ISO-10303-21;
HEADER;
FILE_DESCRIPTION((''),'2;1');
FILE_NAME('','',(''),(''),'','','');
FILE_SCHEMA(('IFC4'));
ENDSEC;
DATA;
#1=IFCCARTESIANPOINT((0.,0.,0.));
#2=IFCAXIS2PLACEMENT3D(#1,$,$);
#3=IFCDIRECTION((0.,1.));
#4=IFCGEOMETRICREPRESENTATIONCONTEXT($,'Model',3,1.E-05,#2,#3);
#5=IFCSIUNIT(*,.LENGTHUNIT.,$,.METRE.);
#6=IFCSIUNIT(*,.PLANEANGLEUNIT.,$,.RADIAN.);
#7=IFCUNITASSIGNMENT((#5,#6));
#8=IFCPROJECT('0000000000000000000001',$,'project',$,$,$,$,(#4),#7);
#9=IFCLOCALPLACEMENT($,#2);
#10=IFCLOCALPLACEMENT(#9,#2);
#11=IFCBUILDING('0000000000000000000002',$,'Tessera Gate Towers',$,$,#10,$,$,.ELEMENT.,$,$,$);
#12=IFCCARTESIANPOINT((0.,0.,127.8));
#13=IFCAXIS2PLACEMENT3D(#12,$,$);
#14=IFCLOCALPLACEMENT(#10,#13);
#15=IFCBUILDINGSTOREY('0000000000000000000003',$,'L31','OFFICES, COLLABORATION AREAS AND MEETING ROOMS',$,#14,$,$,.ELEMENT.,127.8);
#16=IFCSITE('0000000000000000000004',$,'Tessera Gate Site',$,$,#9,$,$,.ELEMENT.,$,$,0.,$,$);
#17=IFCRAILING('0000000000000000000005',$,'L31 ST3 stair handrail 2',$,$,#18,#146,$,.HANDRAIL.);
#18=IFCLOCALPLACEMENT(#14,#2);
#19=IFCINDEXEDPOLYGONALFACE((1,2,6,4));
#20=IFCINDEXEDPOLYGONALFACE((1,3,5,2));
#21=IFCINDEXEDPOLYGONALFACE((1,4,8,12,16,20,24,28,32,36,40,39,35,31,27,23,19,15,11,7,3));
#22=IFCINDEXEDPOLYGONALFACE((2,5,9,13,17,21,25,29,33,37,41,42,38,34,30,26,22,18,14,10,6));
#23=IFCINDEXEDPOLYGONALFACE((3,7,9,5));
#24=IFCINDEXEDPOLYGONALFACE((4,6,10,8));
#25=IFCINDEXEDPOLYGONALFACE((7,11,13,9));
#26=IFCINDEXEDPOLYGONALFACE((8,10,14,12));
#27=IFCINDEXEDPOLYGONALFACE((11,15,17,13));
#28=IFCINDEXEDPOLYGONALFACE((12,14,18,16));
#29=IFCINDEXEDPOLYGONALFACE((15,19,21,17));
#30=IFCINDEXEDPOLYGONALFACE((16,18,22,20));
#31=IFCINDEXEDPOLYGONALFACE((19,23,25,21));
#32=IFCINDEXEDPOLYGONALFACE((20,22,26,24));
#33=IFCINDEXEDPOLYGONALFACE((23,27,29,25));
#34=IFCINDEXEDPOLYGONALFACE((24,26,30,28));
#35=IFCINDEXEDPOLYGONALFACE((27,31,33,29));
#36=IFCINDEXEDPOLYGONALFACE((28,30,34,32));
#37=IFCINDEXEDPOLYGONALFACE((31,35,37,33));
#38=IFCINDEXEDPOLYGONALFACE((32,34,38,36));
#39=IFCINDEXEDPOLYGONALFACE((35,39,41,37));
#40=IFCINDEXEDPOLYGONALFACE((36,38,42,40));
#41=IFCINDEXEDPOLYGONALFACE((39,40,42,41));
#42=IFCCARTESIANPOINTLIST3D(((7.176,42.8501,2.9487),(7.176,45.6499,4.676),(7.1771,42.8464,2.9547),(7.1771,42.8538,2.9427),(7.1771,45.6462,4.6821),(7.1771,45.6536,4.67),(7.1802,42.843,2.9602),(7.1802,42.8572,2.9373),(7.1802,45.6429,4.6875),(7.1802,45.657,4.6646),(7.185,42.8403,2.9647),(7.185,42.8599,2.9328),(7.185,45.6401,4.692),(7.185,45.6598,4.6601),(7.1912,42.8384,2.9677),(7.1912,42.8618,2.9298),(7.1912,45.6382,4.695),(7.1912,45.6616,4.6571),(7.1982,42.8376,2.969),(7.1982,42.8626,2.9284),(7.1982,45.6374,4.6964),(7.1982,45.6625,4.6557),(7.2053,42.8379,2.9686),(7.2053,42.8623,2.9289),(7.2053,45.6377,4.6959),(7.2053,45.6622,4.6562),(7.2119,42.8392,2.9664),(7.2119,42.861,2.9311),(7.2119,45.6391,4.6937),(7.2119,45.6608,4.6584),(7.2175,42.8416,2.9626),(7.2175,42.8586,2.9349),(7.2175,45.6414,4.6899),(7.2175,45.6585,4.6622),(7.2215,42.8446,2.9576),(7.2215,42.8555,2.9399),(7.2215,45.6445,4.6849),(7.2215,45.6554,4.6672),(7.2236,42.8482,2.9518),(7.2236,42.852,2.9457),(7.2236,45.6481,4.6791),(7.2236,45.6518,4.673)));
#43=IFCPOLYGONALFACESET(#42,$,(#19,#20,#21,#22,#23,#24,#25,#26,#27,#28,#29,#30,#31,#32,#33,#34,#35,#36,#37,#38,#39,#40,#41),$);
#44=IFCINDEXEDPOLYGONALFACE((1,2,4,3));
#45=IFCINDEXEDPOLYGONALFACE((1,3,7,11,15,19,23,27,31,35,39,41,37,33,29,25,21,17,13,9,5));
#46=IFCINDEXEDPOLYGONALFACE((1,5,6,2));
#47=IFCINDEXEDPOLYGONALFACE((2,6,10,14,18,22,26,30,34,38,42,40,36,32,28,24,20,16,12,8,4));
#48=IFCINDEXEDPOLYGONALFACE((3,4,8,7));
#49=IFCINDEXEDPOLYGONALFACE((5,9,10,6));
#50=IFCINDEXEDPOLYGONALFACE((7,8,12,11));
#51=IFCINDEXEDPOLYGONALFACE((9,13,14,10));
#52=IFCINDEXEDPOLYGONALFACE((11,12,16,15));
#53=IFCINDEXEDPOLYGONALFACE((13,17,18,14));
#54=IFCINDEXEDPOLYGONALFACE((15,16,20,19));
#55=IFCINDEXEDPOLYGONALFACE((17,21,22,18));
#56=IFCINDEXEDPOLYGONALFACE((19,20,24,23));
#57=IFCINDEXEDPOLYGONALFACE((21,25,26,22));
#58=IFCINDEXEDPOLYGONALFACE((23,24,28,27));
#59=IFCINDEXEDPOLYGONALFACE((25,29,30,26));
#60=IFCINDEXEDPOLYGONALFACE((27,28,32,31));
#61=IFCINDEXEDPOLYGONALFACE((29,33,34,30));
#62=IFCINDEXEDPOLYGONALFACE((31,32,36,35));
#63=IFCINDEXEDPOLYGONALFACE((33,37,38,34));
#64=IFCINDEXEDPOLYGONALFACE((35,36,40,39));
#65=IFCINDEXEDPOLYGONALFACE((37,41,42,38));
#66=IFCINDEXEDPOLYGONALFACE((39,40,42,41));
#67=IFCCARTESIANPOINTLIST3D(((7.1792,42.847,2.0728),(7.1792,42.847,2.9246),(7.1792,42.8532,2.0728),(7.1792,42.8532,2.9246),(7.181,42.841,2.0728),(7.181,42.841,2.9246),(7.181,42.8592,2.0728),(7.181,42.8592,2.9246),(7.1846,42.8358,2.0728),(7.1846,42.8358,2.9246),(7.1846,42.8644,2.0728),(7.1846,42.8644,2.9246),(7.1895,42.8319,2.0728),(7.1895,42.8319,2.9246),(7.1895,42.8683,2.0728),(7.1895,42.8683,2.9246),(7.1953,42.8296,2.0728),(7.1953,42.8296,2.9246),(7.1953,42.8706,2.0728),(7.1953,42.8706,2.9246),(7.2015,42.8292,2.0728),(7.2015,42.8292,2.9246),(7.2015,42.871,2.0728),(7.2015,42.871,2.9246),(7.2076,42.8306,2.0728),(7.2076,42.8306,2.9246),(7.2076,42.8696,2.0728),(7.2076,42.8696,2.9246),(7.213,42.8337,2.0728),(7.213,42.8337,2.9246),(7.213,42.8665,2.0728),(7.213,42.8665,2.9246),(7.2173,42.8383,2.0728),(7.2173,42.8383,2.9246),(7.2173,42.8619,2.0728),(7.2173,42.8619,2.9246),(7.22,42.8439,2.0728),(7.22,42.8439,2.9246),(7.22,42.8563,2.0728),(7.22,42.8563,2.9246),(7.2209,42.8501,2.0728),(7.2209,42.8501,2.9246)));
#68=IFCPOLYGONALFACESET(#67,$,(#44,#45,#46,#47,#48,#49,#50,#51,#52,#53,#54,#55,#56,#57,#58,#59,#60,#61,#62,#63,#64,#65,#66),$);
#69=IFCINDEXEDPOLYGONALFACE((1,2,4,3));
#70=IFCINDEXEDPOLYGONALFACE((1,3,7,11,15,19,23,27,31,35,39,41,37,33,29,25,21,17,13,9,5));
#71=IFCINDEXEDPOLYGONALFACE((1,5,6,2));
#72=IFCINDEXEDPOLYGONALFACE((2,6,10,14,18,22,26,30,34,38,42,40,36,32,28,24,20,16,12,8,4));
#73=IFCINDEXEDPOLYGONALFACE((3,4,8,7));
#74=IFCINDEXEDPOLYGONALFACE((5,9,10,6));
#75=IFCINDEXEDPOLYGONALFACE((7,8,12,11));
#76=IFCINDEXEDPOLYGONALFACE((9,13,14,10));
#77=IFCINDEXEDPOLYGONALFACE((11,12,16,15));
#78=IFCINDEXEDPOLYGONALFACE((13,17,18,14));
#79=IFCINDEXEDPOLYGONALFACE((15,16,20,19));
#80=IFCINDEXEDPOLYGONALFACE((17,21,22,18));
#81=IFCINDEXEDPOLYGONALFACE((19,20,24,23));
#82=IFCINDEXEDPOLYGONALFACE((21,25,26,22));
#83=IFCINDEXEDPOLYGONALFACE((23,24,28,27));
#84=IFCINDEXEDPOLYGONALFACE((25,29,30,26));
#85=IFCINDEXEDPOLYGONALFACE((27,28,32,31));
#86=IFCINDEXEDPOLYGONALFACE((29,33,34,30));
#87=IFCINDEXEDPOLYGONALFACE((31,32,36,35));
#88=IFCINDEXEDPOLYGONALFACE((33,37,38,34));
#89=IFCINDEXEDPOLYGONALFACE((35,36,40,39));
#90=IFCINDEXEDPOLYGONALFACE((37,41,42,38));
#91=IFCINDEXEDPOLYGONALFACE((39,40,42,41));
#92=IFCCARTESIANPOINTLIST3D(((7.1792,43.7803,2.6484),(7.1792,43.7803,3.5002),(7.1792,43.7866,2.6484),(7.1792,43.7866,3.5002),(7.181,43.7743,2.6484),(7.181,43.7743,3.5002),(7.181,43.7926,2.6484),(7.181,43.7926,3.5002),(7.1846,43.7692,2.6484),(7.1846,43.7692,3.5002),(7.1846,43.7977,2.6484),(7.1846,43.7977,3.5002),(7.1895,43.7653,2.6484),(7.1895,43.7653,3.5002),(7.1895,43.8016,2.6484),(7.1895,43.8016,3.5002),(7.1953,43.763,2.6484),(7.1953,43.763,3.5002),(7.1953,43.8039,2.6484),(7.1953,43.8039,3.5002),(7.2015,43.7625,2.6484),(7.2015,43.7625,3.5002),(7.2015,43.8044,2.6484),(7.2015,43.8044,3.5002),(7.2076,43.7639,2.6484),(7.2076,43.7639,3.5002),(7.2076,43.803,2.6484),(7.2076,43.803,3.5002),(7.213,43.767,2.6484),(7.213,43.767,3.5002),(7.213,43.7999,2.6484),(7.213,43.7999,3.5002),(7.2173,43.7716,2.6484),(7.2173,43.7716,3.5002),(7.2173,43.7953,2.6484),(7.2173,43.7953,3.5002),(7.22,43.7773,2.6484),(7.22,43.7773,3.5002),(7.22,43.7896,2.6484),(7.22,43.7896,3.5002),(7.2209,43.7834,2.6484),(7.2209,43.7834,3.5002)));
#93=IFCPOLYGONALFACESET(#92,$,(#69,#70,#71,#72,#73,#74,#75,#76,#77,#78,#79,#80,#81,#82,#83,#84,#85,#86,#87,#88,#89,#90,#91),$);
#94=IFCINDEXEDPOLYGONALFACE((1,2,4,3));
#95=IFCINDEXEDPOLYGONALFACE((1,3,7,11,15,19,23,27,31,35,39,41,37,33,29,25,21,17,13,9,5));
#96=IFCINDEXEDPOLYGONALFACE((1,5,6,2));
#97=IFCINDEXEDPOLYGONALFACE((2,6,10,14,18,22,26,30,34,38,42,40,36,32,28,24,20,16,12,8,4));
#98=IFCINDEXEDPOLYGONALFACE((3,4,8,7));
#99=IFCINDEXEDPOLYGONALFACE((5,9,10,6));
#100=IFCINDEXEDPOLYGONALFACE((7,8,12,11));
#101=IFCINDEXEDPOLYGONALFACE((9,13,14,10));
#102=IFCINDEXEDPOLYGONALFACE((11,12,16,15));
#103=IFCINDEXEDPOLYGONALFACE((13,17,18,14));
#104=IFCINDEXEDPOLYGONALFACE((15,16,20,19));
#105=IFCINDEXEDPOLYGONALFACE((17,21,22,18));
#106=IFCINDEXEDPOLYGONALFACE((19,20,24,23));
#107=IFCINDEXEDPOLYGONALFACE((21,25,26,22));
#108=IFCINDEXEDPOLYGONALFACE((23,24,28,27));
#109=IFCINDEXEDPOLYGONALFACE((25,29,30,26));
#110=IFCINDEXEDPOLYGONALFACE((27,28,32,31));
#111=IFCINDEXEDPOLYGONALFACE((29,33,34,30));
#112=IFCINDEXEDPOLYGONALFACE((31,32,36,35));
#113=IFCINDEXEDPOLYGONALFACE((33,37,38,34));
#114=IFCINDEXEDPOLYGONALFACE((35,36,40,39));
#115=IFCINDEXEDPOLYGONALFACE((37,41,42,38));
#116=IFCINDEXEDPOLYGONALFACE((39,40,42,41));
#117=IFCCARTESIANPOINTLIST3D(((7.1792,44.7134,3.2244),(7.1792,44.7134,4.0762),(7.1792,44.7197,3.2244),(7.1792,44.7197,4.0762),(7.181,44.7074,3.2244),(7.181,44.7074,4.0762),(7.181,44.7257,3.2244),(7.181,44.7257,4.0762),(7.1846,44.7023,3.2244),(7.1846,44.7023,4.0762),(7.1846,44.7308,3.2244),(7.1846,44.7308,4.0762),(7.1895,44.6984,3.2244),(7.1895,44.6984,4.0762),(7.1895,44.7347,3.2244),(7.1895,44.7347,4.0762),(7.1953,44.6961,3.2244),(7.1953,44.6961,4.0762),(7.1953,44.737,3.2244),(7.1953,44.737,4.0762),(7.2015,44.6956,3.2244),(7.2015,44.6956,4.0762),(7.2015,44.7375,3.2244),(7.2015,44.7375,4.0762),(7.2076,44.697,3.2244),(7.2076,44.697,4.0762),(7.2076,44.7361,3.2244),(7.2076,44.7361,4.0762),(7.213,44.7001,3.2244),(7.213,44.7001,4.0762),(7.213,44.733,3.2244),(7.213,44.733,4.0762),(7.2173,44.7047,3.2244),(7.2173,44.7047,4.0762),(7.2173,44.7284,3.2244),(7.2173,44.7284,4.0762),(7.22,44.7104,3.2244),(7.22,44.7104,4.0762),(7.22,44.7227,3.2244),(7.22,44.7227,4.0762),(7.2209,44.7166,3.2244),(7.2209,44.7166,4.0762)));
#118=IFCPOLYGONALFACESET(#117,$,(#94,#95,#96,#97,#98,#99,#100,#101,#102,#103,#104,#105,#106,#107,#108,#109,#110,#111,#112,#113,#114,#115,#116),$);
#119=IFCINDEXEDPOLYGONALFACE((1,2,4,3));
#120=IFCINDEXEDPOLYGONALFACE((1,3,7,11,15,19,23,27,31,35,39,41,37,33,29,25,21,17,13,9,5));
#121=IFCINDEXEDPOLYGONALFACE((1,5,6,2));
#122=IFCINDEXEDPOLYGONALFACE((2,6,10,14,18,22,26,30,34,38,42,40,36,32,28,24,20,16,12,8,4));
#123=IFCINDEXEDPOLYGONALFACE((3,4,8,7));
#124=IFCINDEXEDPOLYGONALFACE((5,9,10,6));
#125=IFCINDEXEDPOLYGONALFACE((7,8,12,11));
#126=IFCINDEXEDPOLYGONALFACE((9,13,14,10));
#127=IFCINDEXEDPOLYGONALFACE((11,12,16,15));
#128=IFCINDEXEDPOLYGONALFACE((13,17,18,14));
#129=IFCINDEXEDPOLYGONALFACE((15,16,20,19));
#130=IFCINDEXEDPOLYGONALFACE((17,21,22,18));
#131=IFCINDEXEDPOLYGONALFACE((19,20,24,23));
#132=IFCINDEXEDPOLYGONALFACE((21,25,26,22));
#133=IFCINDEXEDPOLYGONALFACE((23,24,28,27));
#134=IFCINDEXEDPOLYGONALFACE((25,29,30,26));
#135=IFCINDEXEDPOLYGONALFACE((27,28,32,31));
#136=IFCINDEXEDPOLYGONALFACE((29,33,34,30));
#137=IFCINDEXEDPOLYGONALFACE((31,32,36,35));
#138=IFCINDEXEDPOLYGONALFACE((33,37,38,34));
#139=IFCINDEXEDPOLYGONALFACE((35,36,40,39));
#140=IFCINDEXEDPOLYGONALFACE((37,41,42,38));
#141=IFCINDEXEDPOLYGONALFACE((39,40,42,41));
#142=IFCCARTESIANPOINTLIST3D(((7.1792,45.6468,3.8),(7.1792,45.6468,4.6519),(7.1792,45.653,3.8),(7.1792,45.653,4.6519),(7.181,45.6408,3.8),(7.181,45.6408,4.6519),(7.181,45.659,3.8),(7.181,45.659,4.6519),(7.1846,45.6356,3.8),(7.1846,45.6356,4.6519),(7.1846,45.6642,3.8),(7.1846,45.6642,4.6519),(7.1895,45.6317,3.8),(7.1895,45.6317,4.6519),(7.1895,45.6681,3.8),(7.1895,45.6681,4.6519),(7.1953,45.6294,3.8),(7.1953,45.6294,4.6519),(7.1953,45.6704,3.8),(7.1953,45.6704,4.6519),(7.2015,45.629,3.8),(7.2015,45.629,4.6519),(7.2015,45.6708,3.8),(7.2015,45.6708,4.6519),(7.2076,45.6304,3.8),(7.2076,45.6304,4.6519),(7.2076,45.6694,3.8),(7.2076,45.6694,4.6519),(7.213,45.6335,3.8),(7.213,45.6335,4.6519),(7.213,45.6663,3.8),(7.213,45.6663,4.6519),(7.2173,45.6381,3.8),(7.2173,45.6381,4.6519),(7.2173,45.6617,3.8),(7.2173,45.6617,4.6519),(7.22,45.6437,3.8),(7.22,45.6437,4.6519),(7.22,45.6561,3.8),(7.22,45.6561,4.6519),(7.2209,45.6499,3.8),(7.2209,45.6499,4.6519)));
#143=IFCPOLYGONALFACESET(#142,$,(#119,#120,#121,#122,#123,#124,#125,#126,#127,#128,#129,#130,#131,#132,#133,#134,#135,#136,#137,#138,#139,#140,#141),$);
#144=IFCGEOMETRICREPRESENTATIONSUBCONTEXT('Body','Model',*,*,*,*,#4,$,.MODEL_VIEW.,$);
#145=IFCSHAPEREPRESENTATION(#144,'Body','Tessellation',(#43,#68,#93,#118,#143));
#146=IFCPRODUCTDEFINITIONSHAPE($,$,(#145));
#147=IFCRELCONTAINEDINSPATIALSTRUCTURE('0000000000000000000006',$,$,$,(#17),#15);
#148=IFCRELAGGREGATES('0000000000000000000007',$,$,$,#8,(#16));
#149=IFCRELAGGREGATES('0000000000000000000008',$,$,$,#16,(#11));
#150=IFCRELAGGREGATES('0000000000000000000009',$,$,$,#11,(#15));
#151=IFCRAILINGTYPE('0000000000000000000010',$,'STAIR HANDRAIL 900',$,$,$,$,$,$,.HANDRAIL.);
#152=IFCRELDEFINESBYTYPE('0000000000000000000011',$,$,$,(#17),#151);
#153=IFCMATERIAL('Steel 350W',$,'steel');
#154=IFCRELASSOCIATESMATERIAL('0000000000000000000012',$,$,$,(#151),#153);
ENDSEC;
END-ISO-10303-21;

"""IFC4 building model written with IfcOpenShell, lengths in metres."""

from ifc_helpers import new_model, si_unit, direction, frame, origin, origin_2d, place, context, subcontext, project, spatial, circle, extrude, material, type_object, element, save


model = new_model("IFC4")

# Units and contexts
model_context = context("Model", 3, precision=1e-05, world=origin(), true_north=direction((0.0, 1.0)))
body_context = subcontext(model_context, "Body", "Model", "MODEL_VIEW")
ifc_project = project(units=[si_unit("LENGTHUNIT", "METRE"), si_unit("PLANEANGLEUNIT", "RADIAN")], contexts=[model_context])

# Site, building, storey
site_placement = place(None, origin())
site = spatial("IfcSite", under=ifc_project, at=site_placement, Name="Tessera Gate Site", CompositionType="ELEMENT", RefElevation=0.0)
building_placement = place(site_placement, origin())
building = spatial("IfcBuilding", under=site, at=building_placement, Name="Tessera Gate Towers", CompositionType="ELEMENT")
storey_placement = place(building_placement, frame((0.0, 0.0, 127.8)))
storey = spatial("IfcBuildingStorey", under=building, at=storey_placement, Name="L31", Description="OFFICES, COLLABORATION AREAS AND MEETING ROOMS", CompositionType="ELEMENT", Elevation=127.8)

# Railing
ifc_material_1 = material(Name="Steel 350W", Category="steel")
railing_type_1 = type_object("IfcRailingType", Name="STAIR HANDRAIL 900", PredefinedType="HANDRAIL", material=ifc_material_1)
railing_1_placement = place(storey_placement, frame((7.2, 42.8501, 2.0728)))
element("IfcRailing", 1, at=railing_1_placement, inside=storey, type_object=railing_type_1, Name="L31 ST3 stair handrail 2", PredefinedType="HANDRAIL", context=body_context, shape_type="SweptSolid", body=[
    extrude(circle(Radius=0.0239, at=origin_2d()), frame((0.0, 0.0, 0.876), z_axis=(0.0, 0.851069, 0.525054), x_axis=(-1.0, 0.0, 0.0)), (0.0, 0.0, 1.0), 3.2898),
    extrude(circle(Radius=0.021, at=origin_2d()), origin(), (0.0, 0.0, 1.0), 0.8518),
    extrude(circle(Radius=0.021, at=origin_2d()), frame((0.0, 0.9333, 0.5757)), (0.0, 0.0, 1.0), 0.8518),
    extrude(circle(Radius=0.021, at=origin_2d()), frame((0.0, 1.8665, 1.1516)), (0.0, 0.0, 1.0), 0.8518),
    extrude(circle(Radius=0.021, at=origin_2d()), frame((0.0, 2.7998, 1.7273)), (0.0, 0.0, 1.0), 0.8518),
])

save(model, "model.ifc")
